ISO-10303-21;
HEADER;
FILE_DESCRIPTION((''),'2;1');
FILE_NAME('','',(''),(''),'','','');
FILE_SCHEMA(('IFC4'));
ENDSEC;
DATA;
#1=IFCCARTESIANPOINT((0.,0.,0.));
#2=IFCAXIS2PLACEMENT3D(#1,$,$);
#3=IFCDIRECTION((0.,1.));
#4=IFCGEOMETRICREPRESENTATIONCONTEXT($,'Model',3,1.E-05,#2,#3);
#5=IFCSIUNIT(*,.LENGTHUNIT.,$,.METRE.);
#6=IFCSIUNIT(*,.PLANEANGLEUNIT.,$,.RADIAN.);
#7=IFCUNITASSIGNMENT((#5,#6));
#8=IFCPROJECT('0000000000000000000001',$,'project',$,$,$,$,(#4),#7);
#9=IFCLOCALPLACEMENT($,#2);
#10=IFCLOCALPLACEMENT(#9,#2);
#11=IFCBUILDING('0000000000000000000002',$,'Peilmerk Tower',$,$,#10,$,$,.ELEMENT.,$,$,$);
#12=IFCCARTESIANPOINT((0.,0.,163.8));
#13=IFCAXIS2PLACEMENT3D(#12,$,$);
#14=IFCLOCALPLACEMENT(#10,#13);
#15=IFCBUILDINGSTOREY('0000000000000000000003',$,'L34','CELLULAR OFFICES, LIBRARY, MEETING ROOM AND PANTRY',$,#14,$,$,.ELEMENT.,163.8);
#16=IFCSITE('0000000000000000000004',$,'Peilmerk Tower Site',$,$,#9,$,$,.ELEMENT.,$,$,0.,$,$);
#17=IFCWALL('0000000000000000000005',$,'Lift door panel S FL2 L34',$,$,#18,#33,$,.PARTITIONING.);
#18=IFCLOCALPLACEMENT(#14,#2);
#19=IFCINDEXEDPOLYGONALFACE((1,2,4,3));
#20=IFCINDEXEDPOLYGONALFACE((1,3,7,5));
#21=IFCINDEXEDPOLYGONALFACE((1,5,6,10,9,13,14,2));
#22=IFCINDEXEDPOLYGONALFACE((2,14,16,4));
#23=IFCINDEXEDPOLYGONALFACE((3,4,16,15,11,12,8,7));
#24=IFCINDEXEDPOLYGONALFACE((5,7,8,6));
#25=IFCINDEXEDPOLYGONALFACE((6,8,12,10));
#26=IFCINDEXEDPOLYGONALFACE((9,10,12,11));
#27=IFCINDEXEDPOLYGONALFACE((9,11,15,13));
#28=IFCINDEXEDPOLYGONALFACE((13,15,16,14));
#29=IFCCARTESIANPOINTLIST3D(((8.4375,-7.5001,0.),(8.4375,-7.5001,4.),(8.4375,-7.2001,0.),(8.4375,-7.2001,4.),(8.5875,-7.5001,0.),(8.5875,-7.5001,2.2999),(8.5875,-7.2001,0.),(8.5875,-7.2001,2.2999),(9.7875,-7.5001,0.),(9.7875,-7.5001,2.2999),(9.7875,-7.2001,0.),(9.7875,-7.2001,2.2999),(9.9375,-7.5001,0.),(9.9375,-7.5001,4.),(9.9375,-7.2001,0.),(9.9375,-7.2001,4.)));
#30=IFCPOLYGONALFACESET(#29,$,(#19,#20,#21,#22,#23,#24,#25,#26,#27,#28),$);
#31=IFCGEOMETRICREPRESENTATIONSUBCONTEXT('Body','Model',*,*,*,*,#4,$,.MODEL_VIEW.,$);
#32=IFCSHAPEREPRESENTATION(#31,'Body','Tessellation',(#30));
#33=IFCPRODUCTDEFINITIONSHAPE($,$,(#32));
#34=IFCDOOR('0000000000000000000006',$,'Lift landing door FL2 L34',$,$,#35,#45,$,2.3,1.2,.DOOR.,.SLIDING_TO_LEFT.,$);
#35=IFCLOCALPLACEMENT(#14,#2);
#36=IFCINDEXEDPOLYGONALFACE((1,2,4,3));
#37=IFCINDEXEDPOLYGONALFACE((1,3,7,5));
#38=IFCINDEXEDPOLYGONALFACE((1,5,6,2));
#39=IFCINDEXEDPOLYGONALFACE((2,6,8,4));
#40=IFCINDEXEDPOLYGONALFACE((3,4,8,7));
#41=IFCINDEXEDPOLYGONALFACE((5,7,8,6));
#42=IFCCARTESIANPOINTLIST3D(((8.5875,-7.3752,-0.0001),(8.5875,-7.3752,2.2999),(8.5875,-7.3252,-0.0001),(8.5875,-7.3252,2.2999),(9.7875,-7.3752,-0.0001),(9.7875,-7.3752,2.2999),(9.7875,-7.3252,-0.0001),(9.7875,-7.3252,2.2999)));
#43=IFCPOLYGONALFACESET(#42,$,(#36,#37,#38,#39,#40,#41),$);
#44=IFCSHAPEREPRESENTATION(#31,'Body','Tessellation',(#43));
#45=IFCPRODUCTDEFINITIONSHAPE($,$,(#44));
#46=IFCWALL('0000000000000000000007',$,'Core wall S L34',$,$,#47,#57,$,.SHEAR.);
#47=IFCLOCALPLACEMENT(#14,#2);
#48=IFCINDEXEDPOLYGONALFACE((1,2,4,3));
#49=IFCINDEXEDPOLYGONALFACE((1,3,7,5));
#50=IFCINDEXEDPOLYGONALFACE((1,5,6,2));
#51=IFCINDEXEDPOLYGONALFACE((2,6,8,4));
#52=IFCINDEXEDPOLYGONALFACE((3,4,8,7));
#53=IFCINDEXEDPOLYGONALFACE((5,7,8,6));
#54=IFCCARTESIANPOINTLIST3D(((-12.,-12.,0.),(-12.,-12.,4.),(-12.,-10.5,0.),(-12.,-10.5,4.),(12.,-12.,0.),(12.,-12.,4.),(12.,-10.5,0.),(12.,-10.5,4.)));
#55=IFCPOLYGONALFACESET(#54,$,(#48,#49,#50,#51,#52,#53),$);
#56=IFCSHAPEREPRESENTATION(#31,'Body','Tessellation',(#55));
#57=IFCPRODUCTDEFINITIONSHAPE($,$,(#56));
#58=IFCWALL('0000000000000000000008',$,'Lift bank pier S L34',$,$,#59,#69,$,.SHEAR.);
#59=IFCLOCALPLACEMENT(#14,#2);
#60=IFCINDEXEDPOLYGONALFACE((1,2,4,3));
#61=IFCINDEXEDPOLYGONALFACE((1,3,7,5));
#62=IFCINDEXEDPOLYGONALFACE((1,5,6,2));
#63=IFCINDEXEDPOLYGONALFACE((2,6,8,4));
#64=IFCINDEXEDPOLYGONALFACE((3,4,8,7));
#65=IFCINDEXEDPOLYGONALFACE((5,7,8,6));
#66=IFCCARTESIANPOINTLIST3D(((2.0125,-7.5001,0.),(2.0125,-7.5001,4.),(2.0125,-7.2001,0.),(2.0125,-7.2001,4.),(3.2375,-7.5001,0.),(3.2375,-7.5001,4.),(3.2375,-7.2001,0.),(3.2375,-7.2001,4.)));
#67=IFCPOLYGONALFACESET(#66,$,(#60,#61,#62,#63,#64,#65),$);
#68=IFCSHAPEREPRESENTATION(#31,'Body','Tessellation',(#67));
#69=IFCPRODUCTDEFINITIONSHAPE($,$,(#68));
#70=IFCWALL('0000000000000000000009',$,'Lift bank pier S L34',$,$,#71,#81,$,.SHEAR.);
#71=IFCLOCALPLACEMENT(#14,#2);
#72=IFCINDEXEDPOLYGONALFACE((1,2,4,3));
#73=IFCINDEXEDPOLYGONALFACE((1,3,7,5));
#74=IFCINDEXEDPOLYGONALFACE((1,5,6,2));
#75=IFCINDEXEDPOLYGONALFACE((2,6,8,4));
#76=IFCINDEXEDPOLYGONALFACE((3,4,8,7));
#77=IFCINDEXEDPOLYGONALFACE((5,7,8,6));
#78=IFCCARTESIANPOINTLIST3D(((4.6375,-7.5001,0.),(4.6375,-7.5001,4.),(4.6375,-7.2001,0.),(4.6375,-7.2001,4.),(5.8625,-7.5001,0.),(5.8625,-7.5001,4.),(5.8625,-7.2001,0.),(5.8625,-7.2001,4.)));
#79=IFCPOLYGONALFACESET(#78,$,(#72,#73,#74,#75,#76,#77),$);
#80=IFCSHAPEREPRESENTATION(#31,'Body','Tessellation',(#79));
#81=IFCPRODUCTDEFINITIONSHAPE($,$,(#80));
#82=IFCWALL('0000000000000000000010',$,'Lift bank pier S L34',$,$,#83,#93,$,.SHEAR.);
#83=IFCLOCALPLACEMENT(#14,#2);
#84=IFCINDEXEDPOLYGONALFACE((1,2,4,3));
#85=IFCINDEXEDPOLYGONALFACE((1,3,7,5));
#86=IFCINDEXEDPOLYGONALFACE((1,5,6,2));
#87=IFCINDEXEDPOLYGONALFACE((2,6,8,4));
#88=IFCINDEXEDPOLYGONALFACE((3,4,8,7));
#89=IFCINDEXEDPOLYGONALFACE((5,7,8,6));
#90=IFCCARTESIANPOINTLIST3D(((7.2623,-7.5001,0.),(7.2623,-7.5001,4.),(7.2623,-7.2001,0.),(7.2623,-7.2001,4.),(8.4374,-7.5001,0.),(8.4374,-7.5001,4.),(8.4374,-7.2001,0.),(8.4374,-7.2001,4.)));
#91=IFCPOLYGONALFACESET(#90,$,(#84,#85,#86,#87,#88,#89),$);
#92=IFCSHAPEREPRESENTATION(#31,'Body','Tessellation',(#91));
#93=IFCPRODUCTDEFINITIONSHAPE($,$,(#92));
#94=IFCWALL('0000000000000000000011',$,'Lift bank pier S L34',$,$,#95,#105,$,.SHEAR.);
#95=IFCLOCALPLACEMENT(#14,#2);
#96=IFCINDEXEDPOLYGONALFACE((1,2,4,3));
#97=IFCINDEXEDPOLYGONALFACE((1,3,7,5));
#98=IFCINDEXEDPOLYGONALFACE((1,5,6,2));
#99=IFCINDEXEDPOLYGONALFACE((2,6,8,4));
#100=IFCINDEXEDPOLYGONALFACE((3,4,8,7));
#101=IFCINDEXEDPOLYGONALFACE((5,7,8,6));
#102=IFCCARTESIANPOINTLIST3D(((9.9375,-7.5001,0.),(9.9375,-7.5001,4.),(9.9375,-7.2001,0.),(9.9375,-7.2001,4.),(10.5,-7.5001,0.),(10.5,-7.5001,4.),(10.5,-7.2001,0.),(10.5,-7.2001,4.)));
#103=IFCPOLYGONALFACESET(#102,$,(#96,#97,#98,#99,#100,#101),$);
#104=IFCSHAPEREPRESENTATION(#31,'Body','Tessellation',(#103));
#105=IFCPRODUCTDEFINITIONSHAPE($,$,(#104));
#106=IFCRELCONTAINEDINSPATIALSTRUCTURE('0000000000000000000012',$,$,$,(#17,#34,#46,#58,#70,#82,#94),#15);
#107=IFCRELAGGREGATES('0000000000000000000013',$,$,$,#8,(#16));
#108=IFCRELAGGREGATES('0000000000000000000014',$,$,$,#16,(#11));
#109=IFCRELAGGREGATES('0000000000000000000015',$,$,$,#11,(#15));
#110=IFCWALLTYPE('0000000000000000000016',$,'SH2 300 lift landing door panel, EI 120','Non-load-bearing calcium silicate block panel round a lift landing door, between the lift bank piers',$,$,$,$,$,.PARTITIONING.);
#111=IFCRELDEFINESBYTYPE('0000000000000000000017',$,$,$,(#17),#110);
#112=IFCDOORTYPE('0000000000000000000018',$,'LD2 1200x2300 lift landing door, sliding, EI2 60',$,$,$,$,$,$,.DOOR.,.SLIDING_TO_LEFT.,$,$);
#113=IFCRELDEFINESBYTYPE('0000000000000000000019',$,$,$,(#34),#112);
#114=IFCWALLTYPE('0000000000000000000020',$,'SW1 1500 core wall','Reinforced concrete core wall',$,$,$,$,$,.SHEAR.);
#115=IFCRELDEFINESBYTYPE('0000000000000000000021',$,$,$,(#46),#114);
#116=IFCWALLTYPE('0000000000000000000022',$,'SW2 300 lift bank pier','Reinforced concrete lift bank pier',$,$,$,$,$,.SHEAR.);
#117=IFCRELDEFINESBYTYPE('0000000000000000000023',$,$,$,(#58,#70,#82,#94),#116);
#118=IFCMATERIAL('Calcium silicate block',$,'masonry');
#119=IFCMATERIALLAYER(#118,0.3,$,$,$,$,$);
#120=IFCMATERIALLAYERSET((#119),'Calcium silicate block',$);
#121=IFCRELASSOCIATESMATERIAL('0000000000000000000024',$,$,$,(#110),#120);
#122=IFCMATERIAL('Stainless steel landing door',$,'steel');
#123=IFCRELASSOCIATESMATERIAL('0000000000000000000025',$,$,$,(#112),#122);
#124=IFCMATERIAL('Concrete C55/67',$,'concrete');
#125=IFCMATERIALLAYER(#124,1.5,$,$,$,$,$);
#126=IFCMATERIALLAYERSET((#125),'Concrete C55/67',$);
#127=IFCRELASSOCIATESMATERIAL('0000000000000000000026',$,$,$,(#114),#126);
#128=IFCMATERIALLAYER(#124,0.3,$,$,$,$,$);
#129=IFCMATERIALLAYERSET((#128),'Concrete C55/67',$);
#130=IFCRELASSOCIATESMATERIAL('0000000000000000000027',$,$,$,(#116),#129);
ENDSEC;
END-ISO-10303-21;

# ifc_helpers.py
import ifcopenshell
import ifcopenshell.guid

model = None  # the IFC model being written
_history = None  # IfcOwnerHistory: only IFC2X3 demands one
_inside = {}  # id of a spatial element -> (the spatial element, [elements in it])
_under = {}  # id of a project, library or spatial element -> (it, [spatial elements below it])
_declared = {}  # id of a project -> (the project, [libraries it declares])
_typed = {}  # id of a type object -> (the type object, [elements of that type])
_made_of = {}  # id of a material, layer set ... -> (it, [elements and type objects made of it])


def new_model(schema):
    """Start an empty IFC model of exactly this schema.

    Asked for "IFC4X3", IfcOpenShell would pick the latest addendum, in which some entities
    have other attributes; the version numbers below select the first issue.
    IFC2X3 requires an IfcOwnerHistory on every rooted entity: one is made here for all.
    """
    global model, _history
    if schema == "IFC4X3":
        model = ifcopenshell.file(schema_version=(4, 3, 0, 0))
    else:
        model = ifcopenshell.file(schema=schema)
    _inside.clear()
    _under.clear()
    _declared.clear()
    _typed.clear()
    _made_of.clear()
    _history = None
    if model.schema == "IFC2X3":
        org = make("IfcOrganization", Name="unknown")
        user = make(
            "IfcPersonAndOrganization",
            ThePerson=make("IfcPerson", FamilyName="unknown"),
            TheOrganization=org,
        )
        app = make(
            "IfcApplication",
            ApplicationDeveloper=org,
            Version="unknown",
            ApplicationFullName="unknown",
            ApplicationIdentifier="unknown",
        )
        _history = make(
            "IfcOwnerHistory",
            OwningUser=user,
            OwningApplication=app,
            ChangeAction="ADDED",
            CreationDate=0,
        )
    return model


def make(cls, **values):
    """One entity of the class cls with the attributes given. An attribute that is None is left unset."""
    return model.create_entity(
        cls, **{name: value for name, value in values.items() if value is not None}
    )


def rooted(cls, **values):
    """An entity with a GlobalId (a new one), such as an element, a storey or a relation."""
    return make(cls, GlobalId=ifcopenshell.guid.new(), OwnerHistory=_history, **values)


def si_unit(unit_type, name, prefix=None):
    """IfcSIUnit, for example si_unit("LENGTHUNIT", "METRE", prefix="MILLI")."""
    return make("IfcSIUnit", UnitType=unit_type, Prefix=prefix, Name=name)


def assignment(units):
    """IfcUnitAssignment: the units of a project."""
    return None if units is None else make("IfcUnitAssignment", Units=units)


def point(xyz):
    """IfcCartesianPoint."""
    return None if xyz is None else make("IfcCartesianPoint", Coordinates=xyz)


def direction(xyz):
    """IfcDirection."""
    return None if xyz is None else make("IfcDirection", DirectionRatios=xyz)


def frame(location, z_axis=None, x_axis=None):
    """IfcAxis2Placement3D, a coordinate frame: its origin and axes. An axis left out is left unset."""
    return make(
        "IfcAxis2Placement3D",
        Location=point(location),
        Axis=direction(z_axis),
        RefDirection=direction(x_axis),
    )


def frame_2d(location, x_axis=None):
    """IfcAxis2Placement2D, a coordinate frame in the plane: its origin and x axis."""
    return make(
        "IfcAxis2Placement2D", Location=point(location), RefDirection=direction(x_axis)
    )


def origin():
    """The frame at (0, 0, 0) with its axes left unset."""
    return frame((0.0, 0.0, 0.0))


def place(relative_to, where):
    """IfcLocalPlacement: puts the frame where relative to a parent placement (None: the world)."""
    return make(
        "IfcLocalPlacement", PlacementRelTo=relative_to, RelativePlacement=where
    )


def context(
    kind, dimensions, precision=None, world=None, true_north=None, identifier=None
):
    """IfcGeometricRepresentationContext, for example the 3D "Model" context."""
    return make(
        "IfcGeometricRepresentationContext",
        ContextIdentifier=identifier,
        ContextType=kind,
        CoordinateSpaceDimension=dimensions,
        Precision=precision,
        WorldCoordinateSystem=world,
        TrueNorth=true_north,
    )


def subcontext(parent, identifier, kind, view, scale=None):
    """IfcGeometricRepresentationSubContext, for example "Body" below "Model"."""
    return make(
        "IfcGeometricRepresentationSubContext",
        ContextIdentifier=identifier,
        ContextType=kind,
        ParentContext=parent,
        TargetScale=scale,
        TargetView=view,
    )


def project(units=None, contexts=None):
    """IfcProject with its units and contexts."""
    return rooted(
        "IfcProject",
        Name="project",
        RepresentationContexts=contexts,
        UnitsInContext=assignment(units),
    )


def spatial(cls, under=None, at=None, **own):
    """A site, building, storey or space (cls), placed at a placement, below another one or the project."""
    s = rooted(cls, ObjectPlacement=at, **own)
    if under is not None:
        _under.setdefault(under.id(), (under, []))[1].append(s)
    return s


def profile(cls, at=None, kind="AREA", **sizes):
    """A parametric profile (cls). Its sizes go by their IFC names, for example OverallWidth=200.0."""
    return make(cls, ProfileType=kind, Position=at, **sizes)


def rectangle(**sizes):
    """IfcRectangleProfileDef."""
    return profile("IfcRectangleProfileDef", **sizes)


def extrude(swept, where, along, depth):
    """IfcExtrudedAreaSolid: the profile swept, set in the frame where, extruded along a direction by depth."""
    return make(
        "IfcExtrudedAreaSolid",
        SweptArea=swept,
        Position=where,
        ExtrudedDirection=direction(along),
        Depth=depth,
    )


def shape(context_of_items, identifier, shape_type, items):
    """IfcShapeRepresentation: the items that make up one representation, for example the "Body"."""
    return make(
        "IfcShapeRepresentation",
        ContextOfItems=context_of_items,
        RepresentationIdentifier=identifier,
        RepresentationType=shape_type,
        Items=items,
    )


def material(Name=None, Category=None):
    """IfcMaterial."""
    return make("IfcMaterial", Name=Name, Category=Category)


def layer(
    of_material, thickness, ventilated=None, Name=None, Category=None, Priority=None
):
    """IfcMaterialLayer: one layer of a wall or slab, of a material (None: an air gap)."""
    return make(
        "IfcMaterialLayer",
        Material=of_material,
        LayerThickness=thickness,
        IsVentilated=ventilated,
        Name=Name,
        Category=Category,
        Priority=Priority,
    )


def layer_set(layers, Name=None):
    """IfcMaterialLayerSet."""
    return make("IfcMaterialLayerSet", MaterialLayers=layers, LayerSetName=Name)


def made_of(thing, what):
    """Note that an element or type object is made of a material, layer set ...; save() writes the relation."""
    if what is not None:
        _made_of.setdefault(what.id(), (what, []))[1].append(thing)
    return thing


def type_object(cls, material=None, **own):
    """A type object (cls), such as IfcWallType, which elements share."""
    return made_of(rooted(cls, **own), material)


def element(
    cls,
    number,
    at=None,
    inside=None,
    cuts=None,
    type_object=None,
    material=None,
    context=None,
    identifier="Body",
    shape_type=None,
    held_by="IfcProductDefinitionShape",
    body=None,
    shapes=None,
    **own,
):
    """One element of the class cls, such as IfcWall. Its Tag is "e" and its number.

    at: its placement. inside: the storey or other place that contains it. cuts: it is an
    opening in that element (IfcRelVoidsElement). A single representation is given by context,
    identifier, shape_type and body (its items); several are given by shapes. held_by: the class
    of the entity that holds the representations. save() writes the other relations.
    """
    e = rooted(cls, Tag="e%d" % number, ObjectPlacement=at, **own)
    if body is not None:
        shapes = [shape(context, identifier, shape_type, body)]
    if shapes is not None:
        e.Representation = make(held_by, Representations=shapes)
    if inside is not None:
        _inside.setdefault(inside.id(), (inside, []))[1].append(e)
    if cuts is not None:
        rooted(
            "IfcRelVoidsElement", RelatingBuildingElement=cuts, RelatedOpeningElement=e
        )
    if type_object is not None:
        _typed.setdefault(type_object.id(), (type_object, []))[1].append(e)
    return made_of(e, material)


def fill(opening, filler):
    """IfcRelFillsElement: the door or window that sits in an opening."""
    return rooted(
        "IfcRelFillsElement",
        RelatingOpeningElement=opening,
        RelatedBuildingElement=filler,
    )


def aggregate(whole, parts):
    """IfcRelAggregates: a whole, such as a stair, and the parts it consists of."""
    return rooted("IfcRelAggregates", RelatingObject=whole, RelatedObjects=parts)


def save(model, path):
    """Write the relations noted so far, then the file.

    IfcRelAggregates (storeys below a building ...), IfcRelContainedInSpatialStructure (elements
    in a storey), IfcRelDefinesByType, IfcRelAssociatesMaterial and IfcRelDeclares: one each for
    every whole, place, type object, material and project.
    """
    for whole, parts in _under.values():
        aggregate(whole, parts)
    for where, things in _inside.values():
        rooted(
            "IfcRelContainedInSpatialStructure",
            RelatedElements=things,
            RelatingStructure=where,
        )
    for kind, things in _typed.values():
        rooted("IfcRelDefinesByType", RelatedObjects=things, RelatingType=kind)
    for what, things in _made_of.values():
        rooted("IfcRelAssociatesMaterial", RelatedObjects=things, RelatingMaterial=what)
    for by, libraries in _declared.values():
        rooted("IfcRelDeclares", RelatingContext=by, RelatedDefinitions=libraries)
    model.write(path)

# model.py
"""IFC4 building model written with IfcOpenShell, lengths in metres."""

from ifc_helpers import new_model, si_unit, direction, frame, frame_2d, origin, place, context, subcontext, project, spatial, rectangle, extrude, material, layer, layer_set, type_object, element, fill, save


model = new_model("IFC4")

# Units and contexts
model_context = context("Model", 3, precision=1e-05, world=origin(), true_north=direction((0.0, 1.0)))
body_context = subcontext(model_context, "Body", "Model", "MODEL_VIEW")
ifc_project = project(units=[si_unit("LENGTHUNIT", "METRE"), si_unit("PLANEANGLEUNIT", "RADIAN")], contexts=[model_context])

# Site, building, storey
site_placement = place(None, origin())
site = spatial("IfcSite", under=ifc_project, at=site_placement, Name="Peilmerk Tower Site", CompositionType="ELEMENT", RefElevation=0.0)
building_placement = place(site_placement, origin())
building = spatial("IfcBuilding", under=site, at=building_placement, Name="Peilmerk Tower", CompositionType="ELEMENT")
storey_placement = place(building_placement, frame((0.0, 0.0, 163.8)))
storey = spatial("IfcBuildingStorey", under=building, at=storey_placement, Name="L34", Description="CELLULAR OFFICES, LIBRARY, MEETING ROOM AND PANTRY", CompositionType="ELEMENT", Elevation=163.8)

# Shared definitions
ifc_material_1 = material(Name="Calcium silicate block", Category="masonry")

# Wall, opening, door
ifc_layer_1 = layer(ifc_material_1, 0.3)
ifc_layer_set_1 = layer_set([ifc_layer_1], Name="Calcium silicate block")
wall_type_1 = type_object("IfcWallType", Name="SH2 300 lift landing door panel, EI 120", Description="Non-load-bearing calcium silicate block panel round a lift landing door, between the lift bank piers", PredefinedType="PARTITIONING", material=ifc_layer_set_1)
ifc_material_2 = material(Name="Stainless steel landing door", Category="steel")
wall_1_placement = place(storey_placement, frame((8.4375, -7.3501, 0.0), z_axis=(0.0, 0.0, 1.0), x_axis=(1.0, 0.0, 0.0)))
wall_1 = element("IfcWall", 1, at=wall_1_placement, inside=storey, type_object=wall_type_1, Name="Lift door panel S FL2 L34", PredefinedType="PARTITIONING", context=body_context, shape_type="SweptSolid", body=[
    extrude(rectangle(XDim=1.5, YDim=0.3, at=frame_2d((0.75, 0.0))), origin(), (0.0, 0.0, 1.0), 4.0),
])
opening_1_placement = place(wall_1_placement, frame((0.1499, 0.0, 0.0)))
opening_1 = element("IfcOpeningElement", 2, at=opening_1_placement, cuts=wall_1, PredefinedType="OPENING", context=body_context, shape_type="SweptSolid", body=[
    extrude(rectangle(XDim=1.2, YDim=2.3, at=frame_2d((0.6001, 1.1499))), frame((0.0, 0.1599, 0.0), z_axis=(0.0, -1.0, 0.0), x_axis=(1.0, 0.0, 0.0)), (0.0, 0.0, 1.0), 0.3201),
])
door_type_1 = type_object("IfcDoorType", Name="LD2 1200x2300 lift landing door, sliding, EI2 60", OperationType="SLIDING_TO_LEFT", PredefinedType="DOOR", material=ifc_material_2)
door_1_placement = place(opening_1_placement, origin())
door_1 = element("IfcDoor", 3, at=door_1_placement, inside=storey, type_object=door_type_1, Name="Lift landing door FL2 L34", OperationType="SLIDING_TO_LEFT", OverallHeight=2.3, OverallWidth=1.2, PredefinedType="DOOR", context=body_context, shape_type="SweptSolid", body=[
    extrude(rectangle(XDim=1.2, YDim=2.3, at=frame_2d((0.6001, 1.1499))), frame((0.0, 0.0249, 0.0), z_axis=(0.0, -1.0, 0.0), x_axis=(1.0, 0.0, 0.0)), (0.0, 0.0, 1.0), 0.05),
])
fill(opening_1, door_1)

# Walls
ifc_material_3 = material(Name="Concrete C55/67", Category="concrete")
ifc_layer_2 = layer(ifc_material_3, 1.5)
ifc_layer_set_2 = layer_set([ifc_layer_2], Name="Concrete C55/67")
wall_type_2 = type_object("IfcWallType", Name="SW1 1500 core wall", Description="Reinforced concrete core wall", PredefinedType="SHEAR", material=ifc_layer_set_2)
wall_2_placement = place(storey_placement, frame((12.0, -11.25, 0.0), z_axis=(0.0, 0.0, 1.0), x_axis=(-1.0, 0.0, 0.0)))
element("IfcWall", 4, at=wall_2_placement, inside=storey, type_object=wall_type_2, Name="Core wall S L34", PredefinedType="SHEAR", context=body_context, shape_type="SweptSolid", body=[
    extrude(rectangle(XDim=24.0, YDim=1.5, at=frame_2d((12.0, 0.0))), origin(), (0.0, 0.0, 1.0), 4.0),
])
ifc_layer_3 = layer(ifc_material_3, 0.3)
ifc_layer_set_3 = layer_set([ifc_layer_3], Name="Concrete C55/67")
wall_type_3 = type_object("IfcWallType", Name="SW2 300 lift bank pier", Description="Reinforced concrete lift bank pier", PredefinedType="SHEAR", material=ifc_layer_set_3)
for number, where, z_axis, x_axis, name in (
    (5, (2.0125, -7.3501, 0.0), (0.0, 0.0, 1.0), (1.0, 0.0, 0.0), "Lift bank pier S L34"),
    (6, (4.6375, -7.3501, 0.0), (0.0, 0.0, 1.0), (1.0, 0.0, 0.0), "Lift bank pier S L34"),
):
    element("IfcWall", number, at=place(storey_placement, frame(where, z_axis=z_axis, x_axis=x_axis)), inside=storey, type_object=wall_type_3, Name=name, PredefinedType="SHEAR", context=body_context, shape_type="SweptSolid", body=[
        extrude(rectangle(XDim=1.2251, YDim=0.3, at=frame_2d((0.6125, 0.0))), origin(), (0.0, 0.0, 1.0), 4.0),
    ])
wall_3_placement = place(storey_placement, frame((7.2625, -7.3501, 0.0), z_axis=(0.0, 0.0, 1.0), x_axis=(1.0, 0.0, 0.0)))
element("IfcWall", 7, at=wall_3_placement, inside=storey, type_object=wall_type_3, Name="Lift bank pier S L34", PredefinedType="SHEAR", context=body_context, shape_type="SweptSolid", body=[
    extrude(rectangle(XDim=1.175, YDim=0.3, at=frame_2d((0.5874, 0.0))), origin(), (0.0, 0.0, 1.0), 4.0),
])
wall_4_placement = place(storey_placement, frame((9.9375, -7.3501, 0.0), z_axis=(0.0, 0.0, 1.0), x_axis=(1.0, 0.0, 0.0)))
element("IfcWall", 8, at=wall_4_placement, inside=storey, type_object=wall_type_3, Name="Lift bank pier S L34", PredefinedType="SHEAR", context=body_context, shape_type="SweptSolid", body=[
    extrude(rectangle(XDim=0.5625, YDim=0.3, at=frame_2d((0.2812, 0.0))), origin(), (0.0, 0.0, 1.0), 4.0),
])

save(model, "model.ifc")
